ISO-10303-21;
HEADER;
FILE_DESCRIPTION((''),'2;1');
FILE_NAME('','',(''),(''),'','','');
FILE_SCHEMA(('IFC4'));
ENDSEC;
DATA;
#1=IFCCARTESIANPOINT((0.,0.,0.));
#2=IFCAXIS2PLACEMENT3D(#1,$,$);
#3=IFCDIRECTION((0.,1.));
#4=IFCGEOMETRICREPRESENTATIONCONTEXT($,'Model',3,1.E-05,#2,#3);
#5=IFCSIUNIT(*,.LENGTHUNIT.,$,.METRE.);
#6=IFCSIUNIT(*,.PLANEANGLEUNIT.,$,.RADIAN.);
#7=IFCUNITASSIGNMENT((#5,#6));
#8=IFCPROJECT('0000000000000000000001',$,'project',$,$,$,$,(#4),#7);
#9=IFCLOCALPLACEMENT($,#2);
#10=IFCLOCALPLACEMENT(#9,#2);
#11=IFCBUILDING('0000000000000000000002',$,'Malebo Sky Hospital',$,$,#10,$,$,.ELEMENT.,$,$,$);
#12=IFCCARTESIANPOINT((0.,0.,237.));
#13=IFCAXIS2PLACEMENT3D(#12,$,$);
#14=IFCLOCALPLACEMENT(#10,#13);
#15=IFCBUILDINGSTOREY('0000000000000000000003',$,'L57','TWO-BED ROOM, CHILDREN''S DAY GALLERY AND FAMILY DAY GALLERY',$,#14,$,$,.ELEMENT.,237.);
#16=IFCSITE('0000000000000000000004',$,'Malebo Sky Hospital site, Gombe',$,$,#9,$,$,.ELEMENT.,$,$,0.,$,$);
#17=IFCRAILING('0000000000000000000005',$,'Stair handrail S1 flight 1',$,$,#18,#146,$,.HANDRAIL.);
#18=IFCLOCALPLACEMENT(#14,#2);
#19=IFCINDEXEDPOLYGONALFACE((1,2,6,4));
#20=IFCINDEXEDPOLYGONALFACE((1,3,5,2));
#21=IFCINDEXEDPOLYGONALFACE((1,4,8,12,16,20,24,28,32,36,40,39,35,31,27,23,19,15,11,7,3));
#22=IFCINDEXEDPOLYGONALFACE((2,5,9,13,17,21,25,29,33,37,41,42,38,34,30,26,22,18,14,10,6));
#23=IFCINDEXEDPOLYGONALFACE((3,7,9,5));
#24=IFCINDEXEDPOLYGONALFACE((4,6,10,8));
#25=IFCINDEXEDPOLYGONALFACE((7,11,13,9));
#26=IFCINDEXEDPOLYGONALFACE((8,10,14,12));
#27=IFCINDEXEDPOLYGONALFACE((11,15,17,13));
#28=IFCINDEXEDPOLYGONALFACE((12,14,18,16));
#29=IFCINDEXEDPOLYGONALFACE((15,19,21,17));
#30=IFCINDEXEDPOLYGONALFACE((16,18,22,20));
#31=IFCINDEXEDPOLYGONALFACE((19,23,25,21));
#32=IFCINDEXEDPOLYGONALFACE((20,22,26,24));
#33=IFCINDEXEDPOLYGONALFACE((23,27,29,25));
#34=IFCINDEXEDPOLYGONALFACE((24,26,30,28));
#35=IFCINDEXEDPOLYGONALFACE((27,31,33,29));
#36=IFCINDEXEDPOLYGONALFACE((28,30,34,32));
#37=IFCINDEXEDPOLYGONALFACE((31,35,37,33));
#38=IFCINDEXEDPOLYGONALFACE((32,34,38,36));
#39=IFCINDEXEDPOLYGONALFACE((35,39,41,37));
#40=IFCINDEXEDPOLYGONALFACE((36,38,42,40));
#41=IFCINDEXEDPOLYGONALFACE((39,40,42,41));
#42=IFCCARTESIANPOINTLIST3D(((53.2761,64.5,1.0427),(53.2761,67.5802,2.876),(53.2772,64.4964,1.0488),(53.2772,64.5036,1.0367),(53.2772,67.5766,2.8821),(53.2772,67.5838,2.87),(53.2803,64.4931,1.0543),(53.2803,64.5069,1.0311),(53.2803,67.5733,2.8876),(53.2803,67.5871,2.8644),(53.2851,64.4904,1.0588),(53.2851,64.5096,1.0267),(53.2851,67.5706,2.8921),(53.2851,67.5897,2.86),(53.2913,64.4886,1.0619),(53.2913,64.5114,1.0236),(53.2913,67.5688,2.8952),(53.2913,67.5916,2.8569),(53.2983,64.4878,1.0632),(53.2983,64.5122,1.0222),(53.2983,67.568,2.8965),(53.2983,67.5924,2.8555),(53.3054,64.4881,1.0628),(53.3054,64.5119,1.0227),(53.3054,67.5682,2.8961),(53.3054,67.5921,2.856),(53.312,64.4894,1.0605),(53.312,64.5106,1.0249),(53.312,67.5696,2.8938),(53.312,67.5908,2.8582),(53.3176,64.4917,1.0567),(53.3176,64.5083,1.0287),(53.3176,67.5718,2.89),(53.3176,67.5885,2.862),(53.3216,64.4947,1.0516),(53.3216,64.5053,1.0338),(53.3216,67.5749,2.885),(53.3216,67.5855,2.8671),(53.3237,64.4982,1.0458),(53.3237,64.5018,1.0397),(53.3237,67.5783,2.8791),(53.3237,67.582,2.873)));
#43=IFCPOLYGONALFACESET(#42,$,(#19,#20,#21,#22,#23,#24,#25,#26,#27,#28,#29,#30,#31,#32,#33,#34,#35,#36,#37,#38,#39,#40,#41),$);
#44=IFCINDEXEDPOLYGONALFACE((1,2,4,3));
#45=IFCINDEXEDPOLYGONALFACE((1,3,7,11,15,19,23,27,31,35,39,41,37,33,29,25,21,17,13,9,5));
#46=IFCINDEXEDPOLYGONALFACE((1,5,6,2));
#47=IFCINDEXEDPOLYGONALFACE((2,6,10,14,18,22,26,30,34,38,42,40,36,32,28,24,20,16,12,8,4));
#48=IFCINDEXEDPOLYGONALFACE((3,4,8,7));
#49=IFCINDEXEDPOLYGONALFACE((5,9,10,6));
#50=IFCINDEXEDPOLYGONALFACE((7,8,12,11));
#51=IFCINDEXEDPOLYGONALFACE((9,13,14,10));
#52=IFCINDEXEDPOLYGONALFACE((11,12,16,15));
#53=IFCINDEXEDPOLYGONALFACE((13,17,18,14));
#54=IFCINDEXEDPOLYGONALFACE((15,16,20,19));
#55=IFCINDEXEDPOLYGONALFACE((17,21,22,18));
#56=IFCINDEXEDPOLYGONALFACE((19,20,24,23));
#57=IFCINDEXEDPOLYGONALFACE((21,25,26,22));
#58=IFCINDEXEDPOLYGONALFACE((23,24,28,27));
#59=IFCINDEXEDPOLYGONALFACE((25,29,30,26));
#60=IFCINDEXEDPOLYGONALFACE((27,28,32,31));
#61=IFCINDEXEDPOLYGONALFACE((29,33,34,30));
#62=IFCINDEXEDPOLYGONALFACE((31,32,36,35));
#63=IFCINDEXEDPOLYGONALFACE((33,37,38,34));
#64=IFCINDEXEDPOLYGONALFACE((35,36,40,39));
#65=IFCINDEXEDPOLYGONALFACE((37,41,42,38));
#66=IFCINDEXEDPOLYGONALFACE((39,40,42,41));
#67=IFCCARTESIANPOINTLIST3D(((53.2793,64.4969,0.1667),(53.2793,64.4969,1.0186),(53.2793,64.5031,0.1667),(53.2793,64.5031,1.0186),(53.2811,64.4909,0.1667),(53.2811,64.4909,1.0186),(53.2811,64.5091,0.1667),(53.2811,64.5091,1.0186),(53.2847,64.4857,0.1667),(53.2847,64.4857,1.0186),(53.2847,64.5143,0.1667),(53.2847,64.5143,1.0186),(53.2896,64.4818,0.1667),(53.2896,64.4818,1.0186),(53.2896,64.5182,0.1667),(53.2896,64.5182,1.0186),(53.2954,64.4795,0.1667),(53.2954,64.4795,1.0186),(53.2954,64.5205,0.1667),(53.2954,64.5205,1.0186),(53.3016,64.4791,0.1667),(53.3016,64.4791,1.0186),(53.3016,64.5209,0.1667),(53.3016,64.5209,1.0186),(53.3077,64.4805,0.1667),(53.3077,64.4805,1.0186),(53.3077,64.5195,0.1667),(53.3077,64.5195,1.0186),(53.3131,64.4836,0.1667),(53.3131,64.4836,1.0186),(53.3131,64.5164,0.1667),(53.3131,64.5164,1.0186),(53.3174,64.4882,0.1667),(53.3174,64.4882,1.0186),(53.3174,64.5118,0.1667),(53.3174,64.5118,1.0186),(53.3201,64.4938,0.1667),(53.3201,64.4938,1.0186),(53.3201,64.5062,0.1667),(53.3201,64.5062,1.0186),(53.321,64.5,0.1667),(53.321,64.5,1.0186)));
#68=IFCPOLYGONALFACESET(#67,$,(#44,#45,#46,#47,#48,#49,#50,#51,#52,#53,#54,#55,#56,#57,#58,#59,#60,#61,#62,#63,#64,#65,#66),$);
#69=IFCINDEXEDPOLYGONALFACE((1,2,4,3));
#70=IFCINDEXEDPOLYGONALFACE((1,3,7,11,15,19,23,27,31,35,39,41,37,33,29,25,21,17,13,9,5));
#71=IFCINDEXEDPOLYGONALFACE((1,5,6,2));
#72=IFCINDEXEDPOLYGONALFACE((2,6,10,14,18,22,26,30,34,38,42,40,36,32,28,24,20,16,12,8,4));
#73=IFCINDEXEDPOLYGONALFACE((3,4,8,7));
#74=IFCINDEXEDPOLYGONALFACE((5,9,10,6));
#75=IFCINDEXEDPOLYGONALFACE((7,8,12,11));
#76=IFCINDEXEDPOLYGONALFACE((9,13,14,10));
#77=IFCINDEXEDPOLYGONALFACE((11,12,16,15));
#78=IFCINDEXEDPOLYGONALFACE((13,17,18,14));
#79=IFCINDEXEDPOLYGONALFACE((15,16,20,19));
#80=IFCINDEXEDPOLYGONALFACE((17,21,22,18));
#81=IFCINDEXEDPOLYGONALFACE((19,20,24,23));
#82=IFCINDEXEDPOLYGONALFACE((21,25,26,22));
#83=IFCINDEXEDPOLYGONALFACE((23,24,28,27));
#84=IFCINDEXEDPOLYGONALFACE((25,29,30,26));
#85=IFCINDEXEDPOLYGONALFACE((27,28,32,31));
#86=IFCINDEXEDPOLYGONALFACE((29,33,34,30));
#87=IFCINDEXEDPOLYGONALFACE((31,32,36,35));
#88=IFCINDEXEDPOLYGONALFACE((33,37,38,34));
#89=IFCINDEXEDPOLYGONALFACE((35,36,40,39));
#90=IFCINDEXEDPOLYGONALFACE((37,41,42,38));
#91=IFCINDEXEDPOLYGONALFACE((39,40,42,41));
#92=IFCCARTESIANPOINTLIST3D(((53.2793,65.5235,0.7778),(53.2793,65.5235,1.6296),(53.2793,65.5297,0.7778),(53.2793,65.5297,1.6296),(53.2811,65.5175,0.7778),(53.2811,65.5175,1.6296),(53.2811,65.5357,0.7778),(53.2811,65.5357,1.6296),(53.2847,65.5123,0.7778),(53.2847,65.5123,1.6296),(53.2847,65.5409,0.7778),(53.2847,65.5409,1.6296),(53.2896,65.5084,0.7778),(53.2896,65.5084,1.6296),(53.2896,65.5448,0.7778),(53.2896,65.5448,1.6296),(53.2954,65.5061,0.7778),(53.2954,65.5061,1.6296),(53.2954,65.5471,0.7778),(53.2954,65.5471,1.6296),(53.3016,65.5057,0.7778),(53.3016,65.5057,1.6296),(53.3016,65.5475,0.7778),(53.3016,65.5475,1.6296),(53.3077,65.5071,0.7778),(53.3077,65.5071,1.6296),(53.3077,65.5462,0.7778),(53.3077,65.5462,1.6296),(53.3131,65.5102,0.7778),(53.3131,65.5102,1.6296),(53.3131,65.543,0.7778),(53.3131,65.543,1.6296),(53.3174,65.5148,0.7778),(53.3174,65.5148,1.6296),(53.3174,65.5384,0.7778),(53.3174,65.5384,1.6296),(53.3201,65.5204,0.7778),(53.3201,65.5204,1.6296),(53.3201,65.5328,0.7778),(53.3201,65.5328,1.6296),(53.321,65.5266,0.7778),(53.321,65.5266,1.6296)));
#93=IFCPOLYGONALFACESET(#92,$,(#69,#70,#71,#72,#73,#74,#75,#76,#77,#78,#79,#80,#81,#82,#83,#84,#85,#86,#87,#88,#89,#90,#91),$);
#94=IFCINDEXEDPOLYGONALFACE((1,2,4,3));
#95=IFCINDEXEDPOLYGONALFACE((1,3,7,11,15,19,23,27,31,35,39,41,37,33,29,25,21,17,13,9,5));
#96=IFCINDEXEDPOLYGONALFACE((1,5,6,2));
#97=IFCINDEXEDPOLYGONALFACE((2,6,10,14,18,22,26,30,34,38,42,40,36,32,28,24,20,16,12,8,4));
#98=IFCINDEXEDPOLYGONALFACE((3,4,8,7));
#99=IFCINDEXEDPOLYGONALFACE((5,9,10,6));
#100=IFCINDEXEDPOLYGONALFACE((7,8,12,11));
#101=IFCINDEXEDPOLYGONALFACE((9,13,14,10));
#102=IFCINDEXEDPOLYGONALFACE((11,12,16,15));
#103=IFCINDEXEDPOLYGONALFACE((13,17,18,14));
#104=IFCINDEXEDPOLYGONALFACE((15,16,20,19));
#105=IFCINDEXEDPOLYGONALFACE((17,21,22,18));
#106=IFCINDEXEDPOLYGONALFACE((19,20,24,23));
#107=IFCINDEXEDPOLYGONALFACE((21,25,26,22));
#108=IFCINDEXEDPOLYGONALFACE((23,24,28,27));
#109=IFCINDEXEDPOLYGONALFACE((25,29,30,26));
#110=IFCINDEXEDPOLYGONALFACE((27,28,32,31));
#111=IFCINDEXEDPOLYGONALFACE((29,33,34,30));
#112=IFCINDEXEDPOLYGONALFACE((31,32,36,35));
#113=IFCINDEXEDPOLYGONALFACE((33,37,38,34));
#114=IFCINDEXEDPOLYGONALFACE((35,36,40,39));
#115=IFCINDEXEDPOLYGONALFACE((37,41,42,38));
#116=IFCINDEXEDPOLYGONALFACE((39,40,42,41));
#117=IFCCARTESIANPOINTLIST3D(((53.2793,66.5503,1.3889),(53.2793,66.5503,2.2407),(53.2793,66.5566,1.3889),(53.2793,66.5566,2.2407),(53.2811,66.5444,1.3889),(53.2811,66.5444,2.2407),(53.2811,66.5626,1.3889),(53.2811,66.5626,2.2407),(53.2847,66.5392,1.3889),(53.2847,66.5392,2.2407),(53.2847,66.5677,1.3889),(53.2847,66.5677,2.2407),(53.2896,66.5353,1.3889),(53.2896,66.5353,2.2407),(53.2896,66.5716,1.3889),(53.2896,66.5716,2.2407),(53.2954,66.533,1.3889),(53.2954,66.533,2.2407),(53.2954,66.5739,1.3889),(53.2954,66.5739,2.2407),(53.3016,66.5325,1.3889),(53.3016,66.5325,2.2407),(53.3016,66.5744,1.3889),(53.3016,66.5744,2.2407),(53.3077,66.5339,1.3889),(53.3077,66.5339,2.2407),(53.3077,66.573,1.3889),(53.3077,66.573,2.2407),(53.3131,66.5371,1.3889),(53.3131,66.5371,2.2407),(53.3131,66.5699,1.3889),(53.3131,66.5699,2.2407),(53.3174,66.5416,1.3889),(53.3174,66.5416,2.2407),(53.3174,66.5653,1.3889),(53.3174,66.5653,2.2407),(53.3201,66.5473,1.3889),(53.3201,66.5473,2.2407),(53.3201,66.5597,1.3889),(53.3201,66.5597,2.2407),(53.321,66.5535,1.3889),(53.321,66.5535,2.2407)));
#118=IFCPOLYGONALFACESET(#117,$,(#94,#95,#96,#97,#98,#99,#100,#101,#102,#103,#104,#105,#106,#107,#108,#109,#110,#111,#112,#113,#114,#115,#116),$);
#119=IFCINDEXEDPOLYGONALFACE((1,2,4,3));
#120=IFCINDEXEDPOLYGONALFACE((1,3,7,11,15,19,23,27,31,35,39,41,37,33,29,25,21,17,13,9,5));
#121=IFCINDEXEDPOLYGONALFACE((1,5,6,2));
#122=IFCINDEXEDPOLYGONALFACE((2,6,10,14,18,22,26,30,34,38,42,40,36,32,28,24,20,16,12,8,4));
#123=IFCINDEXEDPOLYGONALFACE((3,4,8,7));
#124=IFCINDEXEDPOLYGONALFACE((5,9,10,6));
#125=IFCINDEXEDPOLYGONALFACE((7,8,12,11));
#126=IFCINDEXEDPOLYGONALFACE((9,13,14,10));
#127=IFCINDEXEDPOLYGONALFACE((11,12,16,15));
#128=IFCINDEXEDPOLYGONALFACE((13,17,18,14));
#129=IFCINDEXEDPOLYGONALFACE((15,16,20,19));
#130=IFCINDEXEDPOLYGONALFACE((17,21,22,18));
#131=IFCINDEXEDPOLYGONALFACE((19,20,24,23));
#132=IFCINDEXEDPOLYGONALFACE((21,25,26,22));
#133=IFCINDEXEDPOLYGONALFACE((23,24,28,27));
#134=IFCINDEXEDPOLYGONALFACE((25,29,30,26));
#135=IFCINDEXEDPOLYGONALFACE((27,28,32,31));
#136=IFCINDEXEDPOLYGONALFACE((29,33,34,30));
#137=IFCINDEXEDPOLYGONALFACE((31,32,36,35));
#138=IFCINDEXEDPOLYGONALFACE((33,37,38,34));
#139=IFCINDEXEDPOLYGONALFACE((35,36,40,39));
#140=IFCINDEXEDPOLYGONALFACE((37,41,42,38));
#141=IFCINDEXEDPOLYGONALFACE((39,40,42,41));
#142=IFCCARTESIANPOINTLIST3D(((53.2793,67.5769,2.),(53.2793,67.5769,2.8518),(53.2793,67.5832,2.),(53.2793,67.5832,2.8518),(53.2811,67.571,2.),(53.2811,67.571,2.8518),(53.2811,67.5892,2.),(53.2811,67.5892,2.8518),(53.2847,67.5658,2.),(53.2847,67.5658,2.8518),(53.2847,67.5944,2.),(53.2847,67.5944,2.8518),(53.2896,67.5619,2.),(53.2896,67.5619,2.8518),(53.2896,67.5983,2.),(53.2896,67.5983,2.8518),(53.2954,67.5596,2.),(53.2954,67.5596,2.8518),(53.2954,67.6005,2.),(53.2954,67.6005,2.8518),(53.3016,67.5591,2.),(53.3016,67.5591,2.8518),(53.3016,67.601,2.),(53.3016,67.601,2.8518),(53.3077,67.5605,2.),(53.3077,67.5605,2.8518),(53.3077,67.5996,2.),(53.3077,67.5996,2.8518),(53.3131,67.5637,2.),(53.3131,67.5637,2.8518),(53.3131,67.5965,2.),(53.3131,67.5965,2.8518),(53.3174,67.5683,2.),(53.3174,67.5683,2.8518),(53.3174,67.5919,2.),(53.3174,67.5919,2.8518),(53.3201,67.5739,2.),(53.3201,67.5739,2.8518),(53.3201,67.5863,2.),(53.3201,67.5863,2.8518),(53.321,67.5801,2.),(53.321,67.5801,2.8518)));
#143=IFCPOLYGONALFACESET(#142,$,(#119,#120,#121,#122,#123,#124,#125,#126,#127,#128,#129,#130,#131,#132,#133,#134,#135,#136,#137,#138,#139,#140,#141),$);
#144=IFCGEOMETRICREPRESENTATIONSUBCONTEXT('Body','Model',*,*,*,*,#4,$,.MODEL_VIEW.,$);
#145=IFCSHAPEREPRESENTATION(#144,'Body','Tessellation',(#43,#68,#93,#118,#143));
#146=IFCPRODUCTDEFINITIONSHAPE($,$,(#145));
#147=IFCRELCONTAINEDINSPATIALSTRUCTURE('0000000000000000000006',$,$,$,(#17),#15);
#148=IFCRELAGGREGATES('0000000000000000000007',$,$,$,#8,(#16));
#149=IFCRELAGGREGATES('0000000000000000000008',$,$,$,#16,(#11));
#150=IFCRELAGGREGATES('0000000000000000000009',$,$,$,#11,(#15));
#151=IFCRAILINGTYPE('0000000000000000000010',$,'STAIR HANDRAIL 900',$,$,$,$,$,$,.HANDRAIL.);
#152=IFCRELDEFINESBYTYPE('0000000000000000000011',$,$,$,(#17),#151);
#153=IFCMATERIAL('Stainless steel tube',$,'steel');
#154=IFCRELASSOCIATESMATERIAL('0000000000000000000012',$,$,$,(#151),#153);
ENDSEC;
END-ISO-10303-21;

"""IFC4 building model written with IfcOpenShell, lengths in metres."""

from ifc_helpers import new_model, si_unit, direction, frame, origin, origin_2d, place, context, subcontext, project, spatial, circle, extrude, material, type_object, element, save


model = new_model("IFC4")

# Units and contexts
model_context = context("Model", 3, precision=1e-05, world=origin(), true_north=direction((0.0, 1.0)))
body_context = subcontext(model_context, "Body", "Model", "MODEL_VIEW")
ifc_project = project(units=[si_unit("LENGTHUNIT", "METRE"), si_unit("PLANEANGLEUNIT", "RADIAN")], contexts=[model_context])

# Site, building, storey
site_placement = place(None, origin())
site = spatial("IfcSite", under=ifc_project, at=site_placement, Name="Malebo Sky Hospital site, Gombe", CompositionType="ELEMENT", RefElevation=0.0)
building_placement = place(site_placement, origin())
building = spatial("IfcBuilding", under=site, at=building_placement, Name="Malebo Sky Hospital", CompositionType="ELEMENT")
storey_placement = place(building_placement, frame((0.0, 0.0, 237.0)))
storey = spatial("IfcBuildingStorey", under=building, at=storey_placement, Name="L57", Description="TWO-BED ROOM, CHILDREN'S DAY GALLERY AND FAMILY DAY GALLERY", CompositionType="ELEMENT", Elevation=237.0)

# Railing
ifc_material_1 = material(Name="Stainless steel tube", Category="steel")
railing_type = type_object("IfcRailingType", Name="STAIR HANDRAIL 900", PredefinedType="HANDRAIL", material=ifc_material_1)
railing_1_placement = place(storey_placement, frame((53.3, 64.5, 0.1667)))
element("IfcRailing", 1, at=railing_1_placement, inside=storey, type_object=railing_type, Name="Stair handrail S1 flight 1", PredefinedType="HANDRAIL", context=body_context, shape_type="SweptSolid", body=[
    extrude(circle(Radius=0.0239, at=origin_2d()), frame((0.0, 0.0, 0.876), z_axis=(0.0, 0.859309, 0.511458), x_axis=(-1.0, 0.0, 0.0)), (0.0, 0.0, 1.0), 3.5845),
    extrude(circle(Radius=0.021, at=origin_2d()), origin(), (0.0, 0.0, 1.0), 0.8518),
    extrude(circle(Radius=0.021, at=origin_2d()), frame((0.0, 1.0266, 0.6111)), (0.0, 0.0, 1.0), 0.8518),
    extrude(circle(Radius=0.021, at=origin_2d()), frame((0.0, 2.0535, 1.2222)), (0.0, 0.0, 1.0), 0.8518),
    extrude(circle(Radius=0.021, at=origin_2d()), frame((0.0, 3.0801, 1.8333)), (0.0, 0.0, 1.0), 0.8518),
])

save(model, "model.ifc")
